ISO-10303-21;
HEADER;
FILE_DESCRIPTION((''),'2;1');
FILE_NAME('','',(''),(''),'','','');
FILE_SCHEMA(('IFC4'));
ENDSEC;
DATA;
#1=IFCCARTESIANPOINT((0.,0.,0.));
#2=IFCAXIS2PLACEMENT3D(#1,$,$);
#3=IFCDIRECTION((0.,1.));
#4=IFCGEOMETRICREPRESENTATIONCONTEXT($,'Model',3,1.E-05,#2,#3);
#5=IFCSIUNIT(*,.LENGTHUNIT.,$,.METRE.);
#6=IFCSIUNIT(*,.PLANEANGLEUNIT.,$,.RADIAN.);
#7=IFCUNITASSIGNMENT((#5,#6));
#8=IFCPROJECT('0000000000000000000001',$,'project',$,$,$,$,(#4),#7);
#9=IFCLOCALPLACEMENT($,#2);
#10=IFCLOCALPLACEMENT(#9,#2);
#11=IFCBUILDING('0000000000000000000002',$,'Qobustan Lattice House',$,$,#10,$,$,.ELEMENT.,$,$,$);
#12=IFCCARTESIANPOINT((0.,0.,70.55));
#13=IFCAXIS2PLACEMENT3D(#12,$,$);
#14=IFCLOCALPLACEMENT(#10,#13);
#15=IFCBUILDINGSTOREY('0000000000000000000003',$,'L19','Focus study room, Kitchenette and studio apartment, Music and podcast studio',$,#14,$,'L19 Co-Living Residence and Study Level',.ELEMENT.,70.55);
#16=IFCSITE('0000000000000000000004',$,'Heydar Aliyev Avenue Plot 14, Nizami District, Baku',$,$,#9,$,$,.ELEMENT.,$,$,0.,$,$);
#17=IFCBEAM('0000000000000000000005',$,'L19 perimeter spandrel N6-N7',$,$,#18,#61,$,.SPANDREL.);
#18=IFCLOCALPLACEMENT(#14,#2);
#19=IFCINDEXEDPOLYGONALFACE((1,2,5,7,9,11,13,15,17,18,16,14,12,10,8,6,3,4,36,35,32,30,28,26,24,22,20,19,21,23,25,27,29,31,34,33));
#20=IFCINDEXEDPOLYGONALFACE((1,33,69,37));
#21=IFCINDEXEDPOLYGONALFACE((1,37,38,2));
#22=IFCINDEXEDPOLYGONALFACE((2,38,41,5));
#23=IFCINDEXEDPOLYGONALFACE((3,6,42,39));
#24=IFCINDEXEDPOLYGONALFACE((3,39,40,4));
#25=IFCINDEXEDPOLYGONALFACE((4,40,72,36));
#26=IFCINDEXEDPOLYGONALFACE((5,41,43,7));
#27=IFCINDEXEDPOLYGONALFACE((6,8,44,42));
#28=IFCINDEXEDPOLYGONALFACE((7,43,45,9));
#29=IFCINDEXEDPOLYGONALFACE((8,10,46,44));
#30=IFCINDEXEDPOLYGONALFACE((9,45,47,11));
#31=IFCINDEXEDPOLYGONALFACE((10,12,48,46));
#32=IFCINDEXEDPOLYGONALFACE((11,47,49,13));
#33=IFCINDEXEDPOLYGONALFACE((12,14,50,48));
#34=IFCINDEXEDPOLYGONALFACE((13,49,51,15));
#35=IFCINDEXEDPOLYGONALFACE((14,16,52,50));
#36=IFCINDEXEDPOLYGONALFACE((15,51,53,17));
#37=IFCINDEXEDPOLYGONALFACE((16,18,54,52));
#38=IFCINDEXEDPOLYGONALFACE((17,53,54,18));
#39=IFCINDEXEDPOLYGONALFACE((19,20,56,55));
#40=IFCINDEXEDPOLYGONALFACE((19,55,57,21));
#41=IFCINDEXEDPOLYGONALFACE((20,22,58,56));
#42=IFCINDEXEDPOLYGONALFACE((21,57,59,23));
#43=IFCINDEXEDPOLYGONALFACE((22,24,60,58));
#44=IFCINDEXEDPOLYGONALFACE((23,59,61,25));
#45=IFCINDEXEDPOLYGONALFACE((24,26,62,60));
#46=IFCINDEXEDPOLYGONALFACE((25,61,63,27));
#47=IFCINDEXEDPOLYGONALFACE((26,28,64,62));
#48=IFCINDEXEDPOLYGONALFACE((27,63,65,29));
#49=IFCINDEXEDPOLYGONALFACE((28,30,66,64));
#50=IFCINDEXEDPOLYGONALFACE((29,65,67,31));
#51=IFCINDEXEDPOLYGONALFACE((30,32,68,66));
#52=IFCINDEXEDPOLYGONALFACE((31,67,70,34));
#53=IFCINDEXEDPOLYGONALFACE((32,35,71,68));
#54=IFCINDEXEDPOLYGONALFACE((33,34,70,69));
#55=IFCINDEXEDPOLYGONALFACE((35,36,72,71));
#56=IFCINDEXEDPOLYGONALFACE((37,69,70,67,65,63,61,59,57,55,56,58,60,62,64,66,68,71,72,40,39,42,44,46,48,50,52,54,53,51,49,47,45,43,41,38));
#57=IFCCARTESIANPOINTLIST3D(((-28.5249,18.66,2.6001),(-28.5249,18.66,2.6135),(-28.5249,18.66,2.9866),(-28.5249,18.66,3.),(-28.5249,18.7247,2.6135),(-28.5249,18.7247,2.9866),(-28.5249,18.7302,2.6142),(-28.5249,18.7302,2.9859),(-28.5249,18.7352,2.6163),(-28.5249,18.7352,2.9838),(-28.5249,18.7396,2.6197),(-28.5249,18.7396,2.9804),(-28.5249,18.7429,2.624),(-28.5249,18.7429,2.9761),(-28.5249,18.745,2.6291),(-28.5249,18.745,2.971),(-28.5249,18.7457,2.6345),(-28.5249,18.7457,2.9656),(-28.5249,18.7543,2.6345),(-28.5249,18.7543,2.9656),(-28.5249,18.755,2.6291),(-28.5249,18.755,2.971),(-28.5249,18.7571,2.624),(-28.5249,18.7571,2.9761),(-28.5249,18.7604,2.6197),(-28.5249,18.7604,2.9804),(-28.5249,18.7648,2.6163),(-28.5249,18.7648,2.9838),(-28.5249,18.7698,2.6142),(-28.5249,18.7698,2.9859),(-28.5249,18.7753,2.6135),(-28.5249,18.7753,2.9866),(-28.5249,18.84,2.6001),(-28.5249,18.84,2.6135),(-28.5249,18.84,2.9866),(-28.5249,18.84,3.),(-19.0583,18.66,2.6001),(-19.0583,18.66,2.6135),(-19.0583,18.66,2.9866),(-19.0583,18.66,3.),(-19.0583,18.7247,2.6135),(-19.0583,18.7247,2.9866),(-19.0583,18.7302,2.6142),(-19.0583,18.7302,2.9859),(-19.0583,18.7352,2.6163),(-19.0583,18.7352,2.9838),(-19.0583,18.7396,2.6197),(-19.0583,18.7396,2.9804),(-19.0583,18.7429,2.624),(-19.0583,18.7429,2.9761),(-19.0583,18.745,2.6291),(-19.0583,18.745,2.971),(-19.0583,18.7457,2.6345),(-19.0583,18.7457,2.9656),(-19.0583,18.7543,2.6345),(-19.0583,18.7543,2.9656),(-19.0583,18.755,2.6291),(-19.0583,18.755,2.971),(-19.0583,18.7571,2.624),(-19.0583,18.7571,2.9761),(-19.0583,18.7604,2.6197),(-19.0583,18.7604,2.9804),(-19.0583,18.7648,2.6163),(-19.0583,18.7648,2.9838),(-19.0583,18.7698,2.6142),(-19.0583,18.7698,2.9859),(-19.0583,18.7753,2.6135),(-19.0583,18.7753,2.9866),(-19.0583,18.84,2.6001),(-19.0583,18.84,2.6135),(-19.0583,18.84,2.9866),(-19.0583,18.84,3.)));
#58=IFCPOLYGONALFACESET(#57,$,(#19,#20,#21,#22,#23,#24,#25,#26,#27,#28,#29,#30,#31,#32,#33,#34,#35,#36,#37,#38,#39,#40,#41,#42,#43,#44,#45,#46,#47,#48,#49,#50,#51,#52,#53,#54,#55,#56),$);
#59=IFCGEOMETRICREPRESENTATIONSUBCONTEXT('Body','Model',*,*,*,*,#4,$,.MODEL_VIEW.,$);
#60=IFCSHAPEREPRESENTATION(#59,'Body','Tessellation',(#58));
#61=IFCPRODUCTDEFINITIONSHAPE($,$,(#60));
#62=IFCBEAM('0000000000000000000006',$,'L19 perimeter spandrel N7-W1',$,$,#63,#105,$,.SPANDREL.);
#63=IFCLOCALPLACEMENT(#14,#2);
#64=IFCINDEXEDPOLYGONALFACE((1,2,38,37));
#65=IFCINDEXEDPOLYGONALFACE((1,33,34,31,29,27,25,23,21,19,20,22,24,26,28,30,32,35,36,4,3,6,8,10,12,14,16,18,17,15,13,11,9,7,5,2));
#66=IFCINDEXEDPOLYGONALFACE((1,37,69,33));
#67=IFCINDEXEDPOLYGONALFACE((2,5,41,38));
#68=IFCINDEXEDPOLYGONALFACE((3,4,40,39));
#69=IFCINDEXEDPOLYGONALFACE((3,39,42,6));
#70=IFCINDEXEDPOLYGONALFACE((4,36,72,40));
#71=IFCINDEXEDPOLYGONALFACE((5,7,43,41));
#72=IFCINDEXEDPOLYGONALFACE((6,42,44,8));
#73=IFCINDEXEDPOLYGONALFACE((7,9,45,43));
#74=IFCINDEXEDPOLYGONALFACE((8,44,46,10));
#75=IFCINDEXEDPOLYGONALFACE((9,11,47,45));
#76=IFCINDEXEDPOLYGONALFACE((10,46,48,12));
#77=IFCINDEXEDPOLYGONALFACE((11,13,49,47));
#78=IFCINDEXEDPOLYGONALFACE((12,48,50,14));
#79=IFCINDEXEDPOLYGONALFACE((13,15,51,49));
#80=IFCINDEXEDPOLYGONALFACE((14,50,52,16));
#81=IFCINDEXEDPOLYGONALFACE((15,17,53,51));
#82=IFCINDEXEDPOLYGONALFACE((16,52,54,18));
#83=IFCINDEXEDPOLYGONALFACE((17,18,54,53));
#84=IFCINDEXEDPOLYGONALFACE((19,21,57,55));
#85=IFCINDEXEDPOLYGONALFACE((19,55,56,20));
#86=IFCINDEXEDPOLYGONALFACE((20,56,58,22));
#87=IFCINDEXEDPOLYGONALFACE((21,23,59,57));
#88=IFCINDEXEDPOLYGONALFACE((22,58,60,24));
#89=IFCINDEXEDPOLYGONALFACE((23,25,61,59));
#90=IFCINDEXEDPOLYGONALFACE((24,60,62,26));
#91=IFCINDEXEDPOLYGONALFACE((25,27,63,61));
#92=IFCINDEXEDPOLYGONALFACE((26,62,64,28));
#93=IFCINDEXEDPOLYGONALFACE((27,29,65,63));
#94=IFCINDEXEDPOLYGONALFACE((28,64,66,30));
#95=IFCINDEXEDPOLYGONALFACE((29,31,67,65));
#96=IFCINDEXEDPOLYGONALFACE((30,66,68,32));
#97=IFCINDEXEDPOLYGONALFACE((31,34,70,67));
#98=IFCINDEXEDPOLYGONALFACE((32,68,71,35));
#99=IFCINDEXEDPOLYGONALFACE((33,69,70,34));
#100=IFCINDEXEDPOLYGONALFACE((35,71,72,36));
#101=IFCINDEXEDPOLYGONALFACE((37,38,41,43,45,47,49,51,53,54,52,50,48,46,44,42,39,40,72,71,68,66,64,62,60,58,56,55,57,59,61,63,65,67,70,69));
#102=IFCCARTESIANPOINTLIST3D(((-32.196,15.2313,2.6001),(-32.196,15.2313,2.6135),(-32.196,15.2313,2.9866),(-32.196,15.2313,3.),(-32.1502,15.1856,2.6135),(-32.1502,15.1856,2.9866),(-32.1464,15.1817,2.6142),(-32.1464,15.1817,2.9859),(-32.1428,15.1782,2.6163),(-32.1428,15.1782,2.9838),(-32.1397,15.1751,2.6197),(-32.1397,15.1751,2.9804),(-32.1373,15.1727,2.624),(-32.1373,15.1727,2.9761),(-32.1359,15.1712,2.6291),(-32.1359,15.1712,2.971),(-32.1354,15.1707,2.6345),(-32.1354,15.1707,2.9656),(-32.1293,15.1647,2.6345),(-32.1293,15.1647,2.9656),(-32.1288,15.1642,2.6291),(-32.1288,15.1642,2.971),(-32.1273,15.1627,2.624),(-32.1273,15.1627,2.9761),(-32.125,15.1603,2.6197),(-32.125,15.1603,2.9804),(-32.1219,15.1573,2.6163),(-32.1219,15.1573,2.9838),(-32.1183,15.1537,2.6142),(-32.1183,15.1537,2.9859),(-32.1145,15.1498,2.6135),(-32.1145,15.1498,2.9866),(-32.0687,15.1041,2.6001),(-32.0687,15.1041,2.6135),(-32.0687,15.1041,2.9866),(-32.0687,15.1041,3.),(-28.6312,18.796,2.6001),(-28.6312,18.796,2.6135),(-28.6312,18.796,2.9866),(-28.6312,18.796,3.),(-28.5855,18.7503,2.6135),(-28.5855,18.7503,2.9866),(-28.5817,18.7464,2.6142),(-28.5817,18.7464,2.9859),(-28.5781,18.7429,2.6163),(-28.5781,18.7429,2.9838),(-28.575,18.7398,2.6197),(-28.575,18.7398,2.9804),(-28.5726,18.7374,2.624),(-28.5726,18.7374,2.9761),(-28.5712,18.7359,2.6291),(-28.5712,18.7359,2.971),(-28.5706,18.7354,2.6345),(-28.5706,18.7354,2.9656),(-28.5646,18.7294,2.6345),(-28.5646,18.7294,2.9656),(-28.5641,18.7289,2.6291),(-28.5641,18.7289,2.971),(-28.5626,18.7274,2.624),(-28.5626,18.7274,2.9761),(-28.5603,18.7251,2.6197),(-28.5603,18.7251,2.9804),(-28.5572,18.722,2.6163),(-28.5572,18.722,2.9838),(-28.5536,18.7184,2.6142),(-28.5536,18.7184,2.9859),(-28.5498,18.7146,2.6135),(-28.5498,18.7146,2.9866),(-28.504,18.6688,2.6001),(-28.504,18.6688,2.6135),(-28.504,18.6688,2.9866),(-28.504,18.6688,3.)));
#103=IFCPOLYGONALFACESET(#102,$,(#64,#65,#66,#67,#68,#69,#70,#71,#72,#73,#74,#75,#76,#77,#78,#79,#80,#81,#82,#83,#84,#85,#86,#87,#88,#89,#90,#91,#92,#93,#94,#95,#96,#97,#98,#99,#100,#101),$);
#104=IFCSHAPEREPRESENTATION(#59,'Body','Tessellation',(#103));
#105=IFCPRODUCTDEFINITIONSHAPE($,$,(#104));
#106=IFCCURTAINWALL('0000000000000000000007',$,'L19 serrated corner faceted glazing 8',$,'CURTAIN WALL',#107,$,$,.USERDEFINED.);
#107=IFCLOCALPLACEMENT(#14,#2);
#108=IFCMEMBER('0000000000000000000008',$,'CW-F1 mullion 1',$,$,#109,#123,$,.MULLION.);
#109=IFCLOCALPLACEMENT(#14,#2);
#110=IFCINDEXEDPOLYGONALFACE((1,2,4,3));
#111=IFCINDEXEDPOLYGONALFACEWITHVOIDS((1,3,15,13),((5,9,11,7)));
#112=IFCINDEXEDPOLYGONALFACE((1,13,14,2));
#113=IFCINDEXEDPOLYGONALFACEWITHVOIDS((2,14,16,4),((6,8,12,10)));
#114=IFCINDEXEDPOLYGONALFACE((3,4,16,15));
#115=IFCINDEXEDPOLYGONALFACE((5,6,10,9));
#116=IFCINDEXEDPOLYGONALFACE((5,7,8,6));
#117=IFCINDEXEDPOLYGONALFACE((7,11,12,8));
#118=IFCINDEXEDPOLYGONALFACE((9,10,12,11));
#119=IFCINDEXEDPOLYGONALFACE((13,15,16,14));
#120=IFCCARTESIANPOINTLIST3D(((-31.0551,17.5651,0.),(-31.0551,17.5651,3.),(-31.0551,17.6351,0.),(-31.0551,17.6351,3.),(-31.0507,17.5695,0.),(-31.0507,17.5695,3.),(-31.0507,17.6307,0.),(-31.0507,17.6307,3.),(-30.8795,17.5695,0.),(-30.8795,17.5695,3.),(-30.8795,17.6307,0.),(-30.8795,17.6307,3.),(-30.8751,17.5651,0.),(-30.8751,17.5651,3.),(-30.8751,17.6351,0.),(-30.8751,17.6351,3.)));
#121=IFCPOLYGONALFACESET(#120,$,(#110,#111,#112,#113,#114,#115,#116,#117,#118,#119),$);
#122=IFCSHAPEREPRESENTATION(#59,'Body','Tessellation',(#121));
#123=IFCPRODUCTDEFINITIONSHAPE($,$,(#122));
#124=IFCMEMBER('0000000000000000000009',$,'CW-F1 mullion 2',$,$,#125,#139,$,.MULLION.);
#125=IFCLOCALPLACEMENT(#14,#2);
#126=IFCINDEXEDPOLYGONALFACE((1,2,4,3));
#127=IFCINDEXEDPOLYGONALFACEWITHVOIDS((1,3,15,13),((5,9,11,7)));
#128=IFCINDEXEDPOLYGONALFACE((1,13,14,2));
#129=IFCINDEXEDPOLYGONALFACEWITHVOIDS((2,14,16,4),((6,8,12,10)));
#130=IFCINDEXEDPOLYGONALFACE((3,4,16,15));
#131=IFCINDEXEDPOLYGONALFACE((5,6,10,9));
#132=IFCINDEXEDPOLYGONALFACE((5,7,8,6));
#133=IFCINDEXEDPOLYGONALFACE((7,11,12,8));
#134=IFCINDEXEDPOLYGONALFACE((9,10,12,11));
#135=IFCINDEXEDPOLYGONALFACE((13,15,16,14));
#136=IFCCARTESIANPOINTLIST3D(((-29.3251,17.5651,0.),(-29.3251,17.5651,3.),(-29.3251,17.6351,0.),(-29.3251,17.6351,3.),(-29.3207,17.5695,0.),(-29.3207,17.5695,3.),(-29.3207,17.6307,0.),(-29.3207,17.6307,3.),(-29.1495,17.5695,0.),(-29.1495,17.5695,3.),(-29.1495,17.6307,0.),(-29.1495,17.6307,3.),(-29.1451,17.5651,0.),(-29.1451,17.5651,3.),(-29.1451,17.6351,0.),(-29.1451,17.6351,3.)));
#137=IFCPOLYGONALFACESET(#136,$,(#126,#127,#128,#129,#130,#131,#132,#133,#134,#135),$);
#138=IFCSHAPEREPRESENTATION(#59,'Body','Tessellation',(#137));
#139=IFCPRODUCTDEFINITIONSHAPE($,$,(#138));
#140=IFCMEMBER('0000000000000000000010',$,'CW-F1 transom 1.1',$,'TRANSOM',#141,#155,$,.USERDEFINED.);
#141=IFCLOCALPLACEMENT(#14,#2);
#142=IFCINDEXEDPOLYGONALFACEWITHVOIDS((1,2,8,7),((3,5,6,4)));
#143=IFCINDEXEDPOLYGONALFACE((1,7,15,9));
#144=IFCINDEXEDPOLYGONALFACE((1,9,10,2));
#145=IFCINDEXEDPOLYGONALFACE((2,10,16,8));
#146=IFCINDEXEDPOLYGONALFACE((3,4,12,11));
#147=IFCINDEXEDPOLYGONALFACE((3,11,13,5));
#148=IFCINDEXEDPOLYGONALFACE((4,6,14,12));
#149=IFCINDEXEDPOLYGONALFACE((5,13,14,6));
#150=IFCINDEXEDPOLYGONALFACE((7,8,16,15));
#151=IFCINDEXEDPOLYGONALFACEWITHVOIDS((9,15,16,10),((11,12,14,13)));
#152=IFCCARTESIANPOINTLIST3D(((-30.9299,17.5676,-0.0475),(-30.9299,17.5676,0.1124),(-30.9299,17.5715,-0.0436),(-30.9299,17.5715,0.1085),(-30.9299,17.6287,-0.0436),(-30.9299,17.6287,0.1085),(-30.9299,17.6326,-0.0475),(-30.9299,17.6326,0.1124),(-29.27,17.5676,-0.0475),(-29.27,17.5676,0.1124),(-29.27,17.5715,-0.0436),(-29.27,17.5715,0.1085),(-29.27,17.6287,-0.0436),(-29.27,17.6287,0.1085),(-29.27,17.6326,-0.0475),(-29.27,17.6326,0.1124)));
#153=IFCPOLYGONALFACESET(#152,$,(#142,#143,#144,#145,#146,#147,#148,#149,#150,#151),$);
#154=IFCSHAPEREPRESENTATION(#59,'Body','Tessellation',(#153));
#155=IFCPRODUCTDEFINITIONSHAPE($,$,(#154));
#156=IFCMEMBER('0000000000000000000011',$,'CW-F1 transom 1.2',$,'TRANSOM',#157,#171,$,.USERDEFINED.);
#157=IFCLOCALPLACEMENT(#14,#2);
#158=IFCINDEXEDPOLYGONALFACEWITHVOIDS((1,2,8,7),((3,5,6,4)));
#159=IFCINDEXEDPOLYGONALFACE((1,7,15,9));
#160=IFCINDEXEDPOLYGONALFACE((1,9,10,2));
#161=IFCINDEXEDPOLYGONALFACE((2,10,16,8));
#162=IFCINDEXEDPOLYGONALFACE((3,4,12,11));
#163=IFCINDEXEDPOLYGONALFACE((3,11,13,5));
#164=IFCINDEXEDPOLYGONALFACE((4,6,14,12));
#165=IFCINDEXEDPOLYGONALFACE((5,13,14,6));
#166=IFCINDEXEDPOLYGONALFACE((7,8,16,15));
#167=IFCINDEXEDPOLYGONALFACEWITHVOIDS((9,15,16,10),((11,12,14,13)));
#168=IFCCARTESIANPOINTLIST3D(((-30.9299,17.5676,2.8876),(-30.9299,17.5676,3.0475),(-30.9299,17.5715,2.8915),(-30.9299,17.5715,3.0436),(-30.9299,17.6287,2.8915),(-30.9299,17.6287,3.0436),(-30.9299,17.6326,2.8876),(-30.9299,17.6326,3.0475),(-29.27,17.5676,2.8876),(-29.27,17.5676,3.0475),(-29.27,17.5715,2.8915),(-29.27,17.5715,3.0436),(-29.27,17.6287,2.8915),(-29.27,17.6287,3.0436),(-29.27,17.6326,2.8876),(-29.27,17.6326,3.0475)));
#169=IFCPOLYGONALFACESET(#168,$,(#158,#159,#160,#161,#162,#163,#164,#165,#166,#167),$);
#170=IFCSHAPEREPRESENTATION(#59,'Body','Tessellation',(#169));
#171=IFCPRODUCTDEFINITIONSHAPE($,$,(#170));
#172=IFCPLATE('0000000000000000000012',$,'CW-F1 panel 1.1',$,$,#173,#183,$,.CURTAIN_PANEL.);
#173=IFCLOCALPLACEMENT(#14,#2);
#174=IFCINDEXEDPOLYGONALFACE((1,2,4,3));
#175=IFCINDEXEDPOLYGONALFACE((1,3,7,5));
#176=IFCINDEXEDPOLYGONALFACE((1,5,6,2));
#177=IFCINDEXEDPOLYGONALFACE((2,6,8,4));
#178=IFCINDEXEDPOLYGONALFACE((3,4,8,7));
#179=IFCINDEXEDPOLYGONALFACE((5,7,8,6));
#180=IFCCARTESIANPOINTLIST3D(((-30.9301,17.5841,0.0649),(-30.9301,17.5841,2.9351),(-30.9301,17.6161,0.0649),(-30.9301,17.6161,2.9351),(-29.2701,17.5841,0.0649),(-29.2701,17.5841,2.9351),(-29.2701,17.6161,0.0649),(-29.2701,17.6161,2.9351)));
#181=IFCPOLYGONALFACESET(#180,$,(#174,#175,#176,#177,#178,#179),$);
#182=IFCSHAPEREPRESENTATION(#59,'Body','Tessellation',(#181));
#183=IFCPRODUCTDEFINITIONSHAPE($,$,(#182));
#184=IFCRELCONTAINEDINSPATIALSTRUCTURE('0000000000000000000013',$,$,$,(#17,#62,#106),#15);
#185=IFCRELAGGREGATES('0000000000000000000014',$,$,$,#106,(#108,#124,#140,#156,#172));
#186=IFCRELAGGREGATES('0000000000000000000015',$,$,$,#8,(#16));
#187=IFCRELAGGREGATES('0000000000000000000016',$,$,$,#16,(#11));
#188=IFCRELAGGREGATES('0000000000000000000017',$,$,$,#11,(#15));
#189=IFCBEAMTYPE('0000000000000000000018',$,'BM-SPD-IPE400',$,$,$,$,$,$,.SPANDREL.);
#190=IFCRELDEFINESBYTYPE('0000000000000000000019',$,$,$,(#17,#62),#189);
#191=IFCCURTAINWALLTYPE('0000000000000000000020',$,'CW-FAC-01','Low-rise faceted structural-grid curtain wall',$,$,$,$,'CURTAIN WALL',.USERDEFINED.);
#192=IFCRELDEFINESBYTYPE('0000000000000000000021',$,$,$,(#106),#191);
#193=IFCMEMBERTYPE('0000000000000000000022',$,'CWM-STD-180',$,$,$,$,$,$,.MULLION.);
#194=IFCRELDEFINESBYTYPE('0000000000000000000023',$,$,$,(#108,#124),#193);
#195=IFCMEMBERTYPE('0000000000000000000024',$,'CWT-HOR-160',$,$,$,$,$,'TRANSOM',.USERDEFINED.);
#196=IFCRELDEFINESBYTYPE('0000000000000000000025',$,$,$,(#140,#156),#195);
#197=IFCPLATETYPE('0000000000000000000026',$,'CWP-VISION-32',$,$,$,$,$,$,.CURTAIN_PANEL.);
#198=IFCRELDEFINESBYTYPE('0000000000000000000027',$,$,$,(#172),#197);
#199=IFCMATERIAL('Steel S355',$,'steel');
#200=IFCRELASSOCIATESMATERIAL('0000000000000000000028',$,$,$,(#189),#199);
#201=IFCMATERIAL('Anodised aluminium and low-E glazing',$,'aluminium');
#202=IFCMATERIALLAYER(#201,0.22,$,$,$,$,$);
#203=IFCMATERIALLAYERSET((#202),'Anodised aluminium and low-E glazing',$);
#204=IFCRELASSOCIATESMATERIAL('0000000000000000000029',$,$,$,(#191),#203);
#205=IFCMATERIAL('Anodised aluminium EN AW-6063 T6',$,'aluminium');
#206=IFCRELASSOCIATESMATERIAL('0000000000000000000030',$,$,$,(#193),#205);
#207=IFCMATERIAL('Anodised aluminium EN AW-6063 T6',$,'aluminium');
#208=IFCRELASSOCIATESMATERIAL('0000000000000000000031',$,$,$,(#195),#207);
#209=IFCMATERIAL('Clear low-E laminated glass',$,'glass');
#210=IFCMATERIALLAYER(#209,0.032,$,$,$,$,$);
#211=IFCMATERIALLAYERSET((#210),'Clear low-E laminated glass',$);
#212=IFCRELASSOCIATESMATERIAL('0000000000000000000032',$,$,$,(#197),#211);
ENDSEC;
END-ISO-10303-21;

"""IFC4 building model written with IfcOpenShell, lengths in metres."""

from ifc_helpers import new_model, si_unit, direction, frame, origin, origin_2d, place, context, subcontext, project, spatial, rectangle, hollow_rectangle, i_section, extrude, material, layer, layer_set, material_profile, profile_set, type_object, element, aggregate, save


model = new_model("IFC4")

# Units and contexts
model_context = context("Model", 3, precision=1e-05, world=origin(), true_north=direction((0.0, 1.0)))
body_context = subcontext(model_context, "Body", "Model", "MODEL_VIEW")
ifc_project = project(units=[si_unit("LENGTHUNIT", "METRE"), si_unit("PLANEANGLEUNIT", "RADIAN")], contexts=[model_context])

# Site, building, storey
site_placement = place(None, origin())
site = spatial("IfcSite", under=ifc_project, at=site_placement, Name="Heydar Aliyev Avenue Plot 14, Nizami District, Baku", CompositionType="ELEMENT", RefElevation=0.0)
building_placement = place(site_placement, origin())
building = spatial("IfcBuilding", under=site, at=building_placement, Name="Qobustan Lattice House", CompositionType="ELEMENT")
storey_placement = place(building_placement, frame((0.0, 0.0, 70.55)))
storey = spatial("IfcBuildingStorey", under=building, at=storey_placement, Name="L19", Description="Focus study room, Kitchenette and studio apartment, Music and podcast studio", LongName="L19 Co-Living Residence and Study Level", CompositionType="ELEMENT", Elevation=70.55)

# Beams
ifc_material_1 = material(Name="Steel S355", Category="steel")
ifc_material_profile_1 = material_profile(ifc_material_1, i_section(OverallWidth=0.1799, OverallDepth=0.3999, WebThickness=0.0085, FlangeThickness=0.0134, FilletRadius=0.021, at=origin_2d()), Name="IPE400")
ifc_profile_set_1 = profile_set([ifc_material_profile_1], Name="Steel S355")
beam_type_1 = type_object("IfcBeamType", Name="BM-SPD-IPE400", PredefinedType="SPANDREL", material=ifc_profile_set_1)
beam_1_placement = place(storey_placement, frame((-19.0583, 18.75, 2.8), z_axis=(-1.0, 0.0, 0.0), x_axis=(0.0, -1.0, 0.0)))
element("IfcBeam", 1, at=beam_1_placement, inside=storey, type_object=beam_type_1, Name="L19 perimeter spandrel N6-N7", PredefinedType="SPANDREL", context=body_context, shape_type="SweptSolid", body=[
    extrude(i_section(OverallWidth=0.1799, OverallDepth=0.3999, WebThickness=0.0085, FlangeThickness=0.0134, FilletRadius=0.021, at=origin_2d()), origin(), (0.0, 0.0, 1.0), 9.4666),
])
beam_2_placement = place(storey_placement, frame((-28.5676, 18.7324, 2.8), z_axis=(-0.707107, -0.707107, 0.0), x_axis=(0.707107, -0.707107, 0.0)))
element("IfcBeam", 2, at=beam_2_placement, inside=storey, type_object=beam_type_1, Name="L19 perimeter spandrel N7-W1", PredefinedType="SPANDREL", context=body_context, shape_type="SweptSolid", body=[
    extrude(i_section(OverallWidth=0.1799, OverallDepth=0.3999, WebThickness=0.0085, FlangeThickness=0.0134, FilletRadius=0.021, at=origin_2d()), origin(), (0.0, 0.0, 1.0), 5.0413),
])

# Curtain wall, members, plate
ifc_material_2 = material(Name="Anodised aluminium and low-E glazing", Category="aluminium")
ifc_layer_1 = layer(ifc_material_2, 0.22)
ifc_layer_set_1 = layer_set([ifc_layer_1], Name="Anodised aluminium and low-E glazing")
curtain_wall_type = type_object("IfcCurtainWallType", Name="CW-FAC-01", Description="Low-rise faceted structural-grid curtain wall", ElementType="CURTAIN WALL", PredefinedType="USERDEFINED", material=ifc_layer_set_1)
curtain_wall_placement = place(storey_placement, origin())
curtain_wall = element("IfcCurtainWall", 3, at=curtain_wall_placement, inside=storey, type_object=curtain_wall_type, Name="L19 serrated corner faceted glazing 8", ObjectType="CURTAIN WALL", PredefinedType="USERDEFINED")
ifc_material_3 = material(Name="Anodised aluminium EN AW-6063 T6", Category="aluminium")
ifc_material_profile_2 = material_profile(ifc_material_3, hollow_rectangle(XDim=0.0701, YDim=0.1799, WallThickness=0.0044, at=origin_2d()), Name="CWM-180x70")
ifc_profile_set_2 = profile_set([ifc_material_profile_2], Name="Anodised aluminium EN AW-6063 T6")
member_type_1 = type_object("IfcMemberType", Name="CWM-STD-180", PredefinedType="MULLION", material=ifc_profile_set_2)
member_1_placement = place(storey_placement, frame((-30.9651, 17.6001, 0.0), z_axis=(0.0, 0.0, 1.0), x_axis=(0.0, 1.0, 0.0)))
member_1 = element("IfcMember", 4, at=member_1_placement, type_object=member_type_1, Name="CW-F1 mullion 1", PredefinedType="MULLION", context=body_context, shape_type="SweptSolid", body=[
    extrude(hollow_rectangle(XDim=0.0701, YDim=0.1799, WallThickness=0.0044, at=origin_2d()), origin(), (0.0, 0.0, 1.0), 3.0),
])
member_2_placement = place(storey_placement, frame((-29.2351, 17.6001, 0.0), z_axis=(0.0, 0.0, 1.0), x_axis=(0.0, 1.0, 0.0)))
member_2 = element("IfcMember", 5, at=member_2_placement, type_object=member_type_1, Name="CW-F1 mullion 2", PredefinedType="MULLION", context=body_context, shape_type="SweptSolid", body=[
    extrude(hollow_rectangle(XDim=0.0701, YDim=0.1799, WallThickness=0.0044, at=origin_2d()), origin(), (0.0, 0.0, 1.0), 3.0),
])
ifc_material_4 = material(Name="Anodised aluminium EN AW-6063 T6", Category="aluminium")
ifc_material_profile_3 = material_profile(ifc_material_4, hollow_rectangle(XDim=0.0649, YDim=0.1599, WallThickness=0.0039, at=origin_2d()), Name="CWT-160x65")
ifc_profile_set_3 = profile_set([ifc_material_profile_3], Name="Anodised aluminium EN AW-6063 T6")
member_type_2 = type_object("IfcMemberType", Name="CWT-HOR-160", ElementType="TRANSOM", PredefinedType="USERDEFINED", material=ifc_profile_set_3)
member_3_placement = place(storey_placement, frame((-30.9299, 17.6001, 0.0325), z_axis=(1.0, 0.0, 0.0), x_axis=(0.0, 1.0, 0.0)))
member_3 = element("IfcMember", 6, at=member_3_placement, type_object=member_type_2, Name="CW-F1 transom 1.1", ObjectType="TRANSOM", PredefinedType="USERDEFINED", context=body_context, shape_type="SweptSolid", body=[
    extrude(hollow_rectangle(XDim=0.0649, YDim=0.1599, WallThickness=0.0039, at=origin_2d()), origin(), (0.0, 0.0, 1.0), 1.6599),
])
member_4_placement = place(storey_placement, frame((-30.9299, 17.6001, 2.9675), z_axis=(1.0, 0.0, 0.0), x_axis=(0.0, 1.0, 0.0)))
member_4 = element("IfcMember", 7, at=member_4_placement, type_object=member_type_2, Name="CW-F1 transom 1.2", ObjectType="TRANSOM", PredefinedType="USERDEFINED", context=body_context, shape_type="SweptSolid", body=[
    extrude(hollow_rectangle(XDim=0.0649, YDim=0.1599, WallThickness=0.0039, at=origin_2d()), origin(), (0.0, 0.0, 1.0), 1.6599),
])
ifc_material_5 = material(Name="Clear low-E laminated glass", Category="glass")
ifc_layer_2 = layer(ifc_material_5, 0.032)
ifc_layer_set_2 = layer_set([ifc_layer_2], Name="Clear low-E laminated glass")
plate_type_1 = type_object("IfcPlateType", Name="CWP-VISION-32", PredefinedType="CURTAIN_PANEL", material=ifc_layer_set_2)
plate_1_placement = place(storey_placement, frame((-30.1001, 17.6001, 0.0649), z_axis=(0.0, 0.0, 1.0), x_axis=(1.0, 0.0, 0.0)))
plate_1 = element("IfcPlate", 8, at=plate_1_placement, type_object=plate_type_1, Name="CW-F1 panel 1.1", PredefinedType="CURTAIN_PANEL", context=body_context, shape_type="SweptSolid", body=[
    extrude(rectangle(XDim=1.6599, YDim=0.032, at=origin_2d()), origin(), (0.0, 0.0, 1.0), 2.8701),
])
aggregate(curtain_wall, [member_1, member_2, member_3, member_4, plate_1])

save(model, "model.ifc")
